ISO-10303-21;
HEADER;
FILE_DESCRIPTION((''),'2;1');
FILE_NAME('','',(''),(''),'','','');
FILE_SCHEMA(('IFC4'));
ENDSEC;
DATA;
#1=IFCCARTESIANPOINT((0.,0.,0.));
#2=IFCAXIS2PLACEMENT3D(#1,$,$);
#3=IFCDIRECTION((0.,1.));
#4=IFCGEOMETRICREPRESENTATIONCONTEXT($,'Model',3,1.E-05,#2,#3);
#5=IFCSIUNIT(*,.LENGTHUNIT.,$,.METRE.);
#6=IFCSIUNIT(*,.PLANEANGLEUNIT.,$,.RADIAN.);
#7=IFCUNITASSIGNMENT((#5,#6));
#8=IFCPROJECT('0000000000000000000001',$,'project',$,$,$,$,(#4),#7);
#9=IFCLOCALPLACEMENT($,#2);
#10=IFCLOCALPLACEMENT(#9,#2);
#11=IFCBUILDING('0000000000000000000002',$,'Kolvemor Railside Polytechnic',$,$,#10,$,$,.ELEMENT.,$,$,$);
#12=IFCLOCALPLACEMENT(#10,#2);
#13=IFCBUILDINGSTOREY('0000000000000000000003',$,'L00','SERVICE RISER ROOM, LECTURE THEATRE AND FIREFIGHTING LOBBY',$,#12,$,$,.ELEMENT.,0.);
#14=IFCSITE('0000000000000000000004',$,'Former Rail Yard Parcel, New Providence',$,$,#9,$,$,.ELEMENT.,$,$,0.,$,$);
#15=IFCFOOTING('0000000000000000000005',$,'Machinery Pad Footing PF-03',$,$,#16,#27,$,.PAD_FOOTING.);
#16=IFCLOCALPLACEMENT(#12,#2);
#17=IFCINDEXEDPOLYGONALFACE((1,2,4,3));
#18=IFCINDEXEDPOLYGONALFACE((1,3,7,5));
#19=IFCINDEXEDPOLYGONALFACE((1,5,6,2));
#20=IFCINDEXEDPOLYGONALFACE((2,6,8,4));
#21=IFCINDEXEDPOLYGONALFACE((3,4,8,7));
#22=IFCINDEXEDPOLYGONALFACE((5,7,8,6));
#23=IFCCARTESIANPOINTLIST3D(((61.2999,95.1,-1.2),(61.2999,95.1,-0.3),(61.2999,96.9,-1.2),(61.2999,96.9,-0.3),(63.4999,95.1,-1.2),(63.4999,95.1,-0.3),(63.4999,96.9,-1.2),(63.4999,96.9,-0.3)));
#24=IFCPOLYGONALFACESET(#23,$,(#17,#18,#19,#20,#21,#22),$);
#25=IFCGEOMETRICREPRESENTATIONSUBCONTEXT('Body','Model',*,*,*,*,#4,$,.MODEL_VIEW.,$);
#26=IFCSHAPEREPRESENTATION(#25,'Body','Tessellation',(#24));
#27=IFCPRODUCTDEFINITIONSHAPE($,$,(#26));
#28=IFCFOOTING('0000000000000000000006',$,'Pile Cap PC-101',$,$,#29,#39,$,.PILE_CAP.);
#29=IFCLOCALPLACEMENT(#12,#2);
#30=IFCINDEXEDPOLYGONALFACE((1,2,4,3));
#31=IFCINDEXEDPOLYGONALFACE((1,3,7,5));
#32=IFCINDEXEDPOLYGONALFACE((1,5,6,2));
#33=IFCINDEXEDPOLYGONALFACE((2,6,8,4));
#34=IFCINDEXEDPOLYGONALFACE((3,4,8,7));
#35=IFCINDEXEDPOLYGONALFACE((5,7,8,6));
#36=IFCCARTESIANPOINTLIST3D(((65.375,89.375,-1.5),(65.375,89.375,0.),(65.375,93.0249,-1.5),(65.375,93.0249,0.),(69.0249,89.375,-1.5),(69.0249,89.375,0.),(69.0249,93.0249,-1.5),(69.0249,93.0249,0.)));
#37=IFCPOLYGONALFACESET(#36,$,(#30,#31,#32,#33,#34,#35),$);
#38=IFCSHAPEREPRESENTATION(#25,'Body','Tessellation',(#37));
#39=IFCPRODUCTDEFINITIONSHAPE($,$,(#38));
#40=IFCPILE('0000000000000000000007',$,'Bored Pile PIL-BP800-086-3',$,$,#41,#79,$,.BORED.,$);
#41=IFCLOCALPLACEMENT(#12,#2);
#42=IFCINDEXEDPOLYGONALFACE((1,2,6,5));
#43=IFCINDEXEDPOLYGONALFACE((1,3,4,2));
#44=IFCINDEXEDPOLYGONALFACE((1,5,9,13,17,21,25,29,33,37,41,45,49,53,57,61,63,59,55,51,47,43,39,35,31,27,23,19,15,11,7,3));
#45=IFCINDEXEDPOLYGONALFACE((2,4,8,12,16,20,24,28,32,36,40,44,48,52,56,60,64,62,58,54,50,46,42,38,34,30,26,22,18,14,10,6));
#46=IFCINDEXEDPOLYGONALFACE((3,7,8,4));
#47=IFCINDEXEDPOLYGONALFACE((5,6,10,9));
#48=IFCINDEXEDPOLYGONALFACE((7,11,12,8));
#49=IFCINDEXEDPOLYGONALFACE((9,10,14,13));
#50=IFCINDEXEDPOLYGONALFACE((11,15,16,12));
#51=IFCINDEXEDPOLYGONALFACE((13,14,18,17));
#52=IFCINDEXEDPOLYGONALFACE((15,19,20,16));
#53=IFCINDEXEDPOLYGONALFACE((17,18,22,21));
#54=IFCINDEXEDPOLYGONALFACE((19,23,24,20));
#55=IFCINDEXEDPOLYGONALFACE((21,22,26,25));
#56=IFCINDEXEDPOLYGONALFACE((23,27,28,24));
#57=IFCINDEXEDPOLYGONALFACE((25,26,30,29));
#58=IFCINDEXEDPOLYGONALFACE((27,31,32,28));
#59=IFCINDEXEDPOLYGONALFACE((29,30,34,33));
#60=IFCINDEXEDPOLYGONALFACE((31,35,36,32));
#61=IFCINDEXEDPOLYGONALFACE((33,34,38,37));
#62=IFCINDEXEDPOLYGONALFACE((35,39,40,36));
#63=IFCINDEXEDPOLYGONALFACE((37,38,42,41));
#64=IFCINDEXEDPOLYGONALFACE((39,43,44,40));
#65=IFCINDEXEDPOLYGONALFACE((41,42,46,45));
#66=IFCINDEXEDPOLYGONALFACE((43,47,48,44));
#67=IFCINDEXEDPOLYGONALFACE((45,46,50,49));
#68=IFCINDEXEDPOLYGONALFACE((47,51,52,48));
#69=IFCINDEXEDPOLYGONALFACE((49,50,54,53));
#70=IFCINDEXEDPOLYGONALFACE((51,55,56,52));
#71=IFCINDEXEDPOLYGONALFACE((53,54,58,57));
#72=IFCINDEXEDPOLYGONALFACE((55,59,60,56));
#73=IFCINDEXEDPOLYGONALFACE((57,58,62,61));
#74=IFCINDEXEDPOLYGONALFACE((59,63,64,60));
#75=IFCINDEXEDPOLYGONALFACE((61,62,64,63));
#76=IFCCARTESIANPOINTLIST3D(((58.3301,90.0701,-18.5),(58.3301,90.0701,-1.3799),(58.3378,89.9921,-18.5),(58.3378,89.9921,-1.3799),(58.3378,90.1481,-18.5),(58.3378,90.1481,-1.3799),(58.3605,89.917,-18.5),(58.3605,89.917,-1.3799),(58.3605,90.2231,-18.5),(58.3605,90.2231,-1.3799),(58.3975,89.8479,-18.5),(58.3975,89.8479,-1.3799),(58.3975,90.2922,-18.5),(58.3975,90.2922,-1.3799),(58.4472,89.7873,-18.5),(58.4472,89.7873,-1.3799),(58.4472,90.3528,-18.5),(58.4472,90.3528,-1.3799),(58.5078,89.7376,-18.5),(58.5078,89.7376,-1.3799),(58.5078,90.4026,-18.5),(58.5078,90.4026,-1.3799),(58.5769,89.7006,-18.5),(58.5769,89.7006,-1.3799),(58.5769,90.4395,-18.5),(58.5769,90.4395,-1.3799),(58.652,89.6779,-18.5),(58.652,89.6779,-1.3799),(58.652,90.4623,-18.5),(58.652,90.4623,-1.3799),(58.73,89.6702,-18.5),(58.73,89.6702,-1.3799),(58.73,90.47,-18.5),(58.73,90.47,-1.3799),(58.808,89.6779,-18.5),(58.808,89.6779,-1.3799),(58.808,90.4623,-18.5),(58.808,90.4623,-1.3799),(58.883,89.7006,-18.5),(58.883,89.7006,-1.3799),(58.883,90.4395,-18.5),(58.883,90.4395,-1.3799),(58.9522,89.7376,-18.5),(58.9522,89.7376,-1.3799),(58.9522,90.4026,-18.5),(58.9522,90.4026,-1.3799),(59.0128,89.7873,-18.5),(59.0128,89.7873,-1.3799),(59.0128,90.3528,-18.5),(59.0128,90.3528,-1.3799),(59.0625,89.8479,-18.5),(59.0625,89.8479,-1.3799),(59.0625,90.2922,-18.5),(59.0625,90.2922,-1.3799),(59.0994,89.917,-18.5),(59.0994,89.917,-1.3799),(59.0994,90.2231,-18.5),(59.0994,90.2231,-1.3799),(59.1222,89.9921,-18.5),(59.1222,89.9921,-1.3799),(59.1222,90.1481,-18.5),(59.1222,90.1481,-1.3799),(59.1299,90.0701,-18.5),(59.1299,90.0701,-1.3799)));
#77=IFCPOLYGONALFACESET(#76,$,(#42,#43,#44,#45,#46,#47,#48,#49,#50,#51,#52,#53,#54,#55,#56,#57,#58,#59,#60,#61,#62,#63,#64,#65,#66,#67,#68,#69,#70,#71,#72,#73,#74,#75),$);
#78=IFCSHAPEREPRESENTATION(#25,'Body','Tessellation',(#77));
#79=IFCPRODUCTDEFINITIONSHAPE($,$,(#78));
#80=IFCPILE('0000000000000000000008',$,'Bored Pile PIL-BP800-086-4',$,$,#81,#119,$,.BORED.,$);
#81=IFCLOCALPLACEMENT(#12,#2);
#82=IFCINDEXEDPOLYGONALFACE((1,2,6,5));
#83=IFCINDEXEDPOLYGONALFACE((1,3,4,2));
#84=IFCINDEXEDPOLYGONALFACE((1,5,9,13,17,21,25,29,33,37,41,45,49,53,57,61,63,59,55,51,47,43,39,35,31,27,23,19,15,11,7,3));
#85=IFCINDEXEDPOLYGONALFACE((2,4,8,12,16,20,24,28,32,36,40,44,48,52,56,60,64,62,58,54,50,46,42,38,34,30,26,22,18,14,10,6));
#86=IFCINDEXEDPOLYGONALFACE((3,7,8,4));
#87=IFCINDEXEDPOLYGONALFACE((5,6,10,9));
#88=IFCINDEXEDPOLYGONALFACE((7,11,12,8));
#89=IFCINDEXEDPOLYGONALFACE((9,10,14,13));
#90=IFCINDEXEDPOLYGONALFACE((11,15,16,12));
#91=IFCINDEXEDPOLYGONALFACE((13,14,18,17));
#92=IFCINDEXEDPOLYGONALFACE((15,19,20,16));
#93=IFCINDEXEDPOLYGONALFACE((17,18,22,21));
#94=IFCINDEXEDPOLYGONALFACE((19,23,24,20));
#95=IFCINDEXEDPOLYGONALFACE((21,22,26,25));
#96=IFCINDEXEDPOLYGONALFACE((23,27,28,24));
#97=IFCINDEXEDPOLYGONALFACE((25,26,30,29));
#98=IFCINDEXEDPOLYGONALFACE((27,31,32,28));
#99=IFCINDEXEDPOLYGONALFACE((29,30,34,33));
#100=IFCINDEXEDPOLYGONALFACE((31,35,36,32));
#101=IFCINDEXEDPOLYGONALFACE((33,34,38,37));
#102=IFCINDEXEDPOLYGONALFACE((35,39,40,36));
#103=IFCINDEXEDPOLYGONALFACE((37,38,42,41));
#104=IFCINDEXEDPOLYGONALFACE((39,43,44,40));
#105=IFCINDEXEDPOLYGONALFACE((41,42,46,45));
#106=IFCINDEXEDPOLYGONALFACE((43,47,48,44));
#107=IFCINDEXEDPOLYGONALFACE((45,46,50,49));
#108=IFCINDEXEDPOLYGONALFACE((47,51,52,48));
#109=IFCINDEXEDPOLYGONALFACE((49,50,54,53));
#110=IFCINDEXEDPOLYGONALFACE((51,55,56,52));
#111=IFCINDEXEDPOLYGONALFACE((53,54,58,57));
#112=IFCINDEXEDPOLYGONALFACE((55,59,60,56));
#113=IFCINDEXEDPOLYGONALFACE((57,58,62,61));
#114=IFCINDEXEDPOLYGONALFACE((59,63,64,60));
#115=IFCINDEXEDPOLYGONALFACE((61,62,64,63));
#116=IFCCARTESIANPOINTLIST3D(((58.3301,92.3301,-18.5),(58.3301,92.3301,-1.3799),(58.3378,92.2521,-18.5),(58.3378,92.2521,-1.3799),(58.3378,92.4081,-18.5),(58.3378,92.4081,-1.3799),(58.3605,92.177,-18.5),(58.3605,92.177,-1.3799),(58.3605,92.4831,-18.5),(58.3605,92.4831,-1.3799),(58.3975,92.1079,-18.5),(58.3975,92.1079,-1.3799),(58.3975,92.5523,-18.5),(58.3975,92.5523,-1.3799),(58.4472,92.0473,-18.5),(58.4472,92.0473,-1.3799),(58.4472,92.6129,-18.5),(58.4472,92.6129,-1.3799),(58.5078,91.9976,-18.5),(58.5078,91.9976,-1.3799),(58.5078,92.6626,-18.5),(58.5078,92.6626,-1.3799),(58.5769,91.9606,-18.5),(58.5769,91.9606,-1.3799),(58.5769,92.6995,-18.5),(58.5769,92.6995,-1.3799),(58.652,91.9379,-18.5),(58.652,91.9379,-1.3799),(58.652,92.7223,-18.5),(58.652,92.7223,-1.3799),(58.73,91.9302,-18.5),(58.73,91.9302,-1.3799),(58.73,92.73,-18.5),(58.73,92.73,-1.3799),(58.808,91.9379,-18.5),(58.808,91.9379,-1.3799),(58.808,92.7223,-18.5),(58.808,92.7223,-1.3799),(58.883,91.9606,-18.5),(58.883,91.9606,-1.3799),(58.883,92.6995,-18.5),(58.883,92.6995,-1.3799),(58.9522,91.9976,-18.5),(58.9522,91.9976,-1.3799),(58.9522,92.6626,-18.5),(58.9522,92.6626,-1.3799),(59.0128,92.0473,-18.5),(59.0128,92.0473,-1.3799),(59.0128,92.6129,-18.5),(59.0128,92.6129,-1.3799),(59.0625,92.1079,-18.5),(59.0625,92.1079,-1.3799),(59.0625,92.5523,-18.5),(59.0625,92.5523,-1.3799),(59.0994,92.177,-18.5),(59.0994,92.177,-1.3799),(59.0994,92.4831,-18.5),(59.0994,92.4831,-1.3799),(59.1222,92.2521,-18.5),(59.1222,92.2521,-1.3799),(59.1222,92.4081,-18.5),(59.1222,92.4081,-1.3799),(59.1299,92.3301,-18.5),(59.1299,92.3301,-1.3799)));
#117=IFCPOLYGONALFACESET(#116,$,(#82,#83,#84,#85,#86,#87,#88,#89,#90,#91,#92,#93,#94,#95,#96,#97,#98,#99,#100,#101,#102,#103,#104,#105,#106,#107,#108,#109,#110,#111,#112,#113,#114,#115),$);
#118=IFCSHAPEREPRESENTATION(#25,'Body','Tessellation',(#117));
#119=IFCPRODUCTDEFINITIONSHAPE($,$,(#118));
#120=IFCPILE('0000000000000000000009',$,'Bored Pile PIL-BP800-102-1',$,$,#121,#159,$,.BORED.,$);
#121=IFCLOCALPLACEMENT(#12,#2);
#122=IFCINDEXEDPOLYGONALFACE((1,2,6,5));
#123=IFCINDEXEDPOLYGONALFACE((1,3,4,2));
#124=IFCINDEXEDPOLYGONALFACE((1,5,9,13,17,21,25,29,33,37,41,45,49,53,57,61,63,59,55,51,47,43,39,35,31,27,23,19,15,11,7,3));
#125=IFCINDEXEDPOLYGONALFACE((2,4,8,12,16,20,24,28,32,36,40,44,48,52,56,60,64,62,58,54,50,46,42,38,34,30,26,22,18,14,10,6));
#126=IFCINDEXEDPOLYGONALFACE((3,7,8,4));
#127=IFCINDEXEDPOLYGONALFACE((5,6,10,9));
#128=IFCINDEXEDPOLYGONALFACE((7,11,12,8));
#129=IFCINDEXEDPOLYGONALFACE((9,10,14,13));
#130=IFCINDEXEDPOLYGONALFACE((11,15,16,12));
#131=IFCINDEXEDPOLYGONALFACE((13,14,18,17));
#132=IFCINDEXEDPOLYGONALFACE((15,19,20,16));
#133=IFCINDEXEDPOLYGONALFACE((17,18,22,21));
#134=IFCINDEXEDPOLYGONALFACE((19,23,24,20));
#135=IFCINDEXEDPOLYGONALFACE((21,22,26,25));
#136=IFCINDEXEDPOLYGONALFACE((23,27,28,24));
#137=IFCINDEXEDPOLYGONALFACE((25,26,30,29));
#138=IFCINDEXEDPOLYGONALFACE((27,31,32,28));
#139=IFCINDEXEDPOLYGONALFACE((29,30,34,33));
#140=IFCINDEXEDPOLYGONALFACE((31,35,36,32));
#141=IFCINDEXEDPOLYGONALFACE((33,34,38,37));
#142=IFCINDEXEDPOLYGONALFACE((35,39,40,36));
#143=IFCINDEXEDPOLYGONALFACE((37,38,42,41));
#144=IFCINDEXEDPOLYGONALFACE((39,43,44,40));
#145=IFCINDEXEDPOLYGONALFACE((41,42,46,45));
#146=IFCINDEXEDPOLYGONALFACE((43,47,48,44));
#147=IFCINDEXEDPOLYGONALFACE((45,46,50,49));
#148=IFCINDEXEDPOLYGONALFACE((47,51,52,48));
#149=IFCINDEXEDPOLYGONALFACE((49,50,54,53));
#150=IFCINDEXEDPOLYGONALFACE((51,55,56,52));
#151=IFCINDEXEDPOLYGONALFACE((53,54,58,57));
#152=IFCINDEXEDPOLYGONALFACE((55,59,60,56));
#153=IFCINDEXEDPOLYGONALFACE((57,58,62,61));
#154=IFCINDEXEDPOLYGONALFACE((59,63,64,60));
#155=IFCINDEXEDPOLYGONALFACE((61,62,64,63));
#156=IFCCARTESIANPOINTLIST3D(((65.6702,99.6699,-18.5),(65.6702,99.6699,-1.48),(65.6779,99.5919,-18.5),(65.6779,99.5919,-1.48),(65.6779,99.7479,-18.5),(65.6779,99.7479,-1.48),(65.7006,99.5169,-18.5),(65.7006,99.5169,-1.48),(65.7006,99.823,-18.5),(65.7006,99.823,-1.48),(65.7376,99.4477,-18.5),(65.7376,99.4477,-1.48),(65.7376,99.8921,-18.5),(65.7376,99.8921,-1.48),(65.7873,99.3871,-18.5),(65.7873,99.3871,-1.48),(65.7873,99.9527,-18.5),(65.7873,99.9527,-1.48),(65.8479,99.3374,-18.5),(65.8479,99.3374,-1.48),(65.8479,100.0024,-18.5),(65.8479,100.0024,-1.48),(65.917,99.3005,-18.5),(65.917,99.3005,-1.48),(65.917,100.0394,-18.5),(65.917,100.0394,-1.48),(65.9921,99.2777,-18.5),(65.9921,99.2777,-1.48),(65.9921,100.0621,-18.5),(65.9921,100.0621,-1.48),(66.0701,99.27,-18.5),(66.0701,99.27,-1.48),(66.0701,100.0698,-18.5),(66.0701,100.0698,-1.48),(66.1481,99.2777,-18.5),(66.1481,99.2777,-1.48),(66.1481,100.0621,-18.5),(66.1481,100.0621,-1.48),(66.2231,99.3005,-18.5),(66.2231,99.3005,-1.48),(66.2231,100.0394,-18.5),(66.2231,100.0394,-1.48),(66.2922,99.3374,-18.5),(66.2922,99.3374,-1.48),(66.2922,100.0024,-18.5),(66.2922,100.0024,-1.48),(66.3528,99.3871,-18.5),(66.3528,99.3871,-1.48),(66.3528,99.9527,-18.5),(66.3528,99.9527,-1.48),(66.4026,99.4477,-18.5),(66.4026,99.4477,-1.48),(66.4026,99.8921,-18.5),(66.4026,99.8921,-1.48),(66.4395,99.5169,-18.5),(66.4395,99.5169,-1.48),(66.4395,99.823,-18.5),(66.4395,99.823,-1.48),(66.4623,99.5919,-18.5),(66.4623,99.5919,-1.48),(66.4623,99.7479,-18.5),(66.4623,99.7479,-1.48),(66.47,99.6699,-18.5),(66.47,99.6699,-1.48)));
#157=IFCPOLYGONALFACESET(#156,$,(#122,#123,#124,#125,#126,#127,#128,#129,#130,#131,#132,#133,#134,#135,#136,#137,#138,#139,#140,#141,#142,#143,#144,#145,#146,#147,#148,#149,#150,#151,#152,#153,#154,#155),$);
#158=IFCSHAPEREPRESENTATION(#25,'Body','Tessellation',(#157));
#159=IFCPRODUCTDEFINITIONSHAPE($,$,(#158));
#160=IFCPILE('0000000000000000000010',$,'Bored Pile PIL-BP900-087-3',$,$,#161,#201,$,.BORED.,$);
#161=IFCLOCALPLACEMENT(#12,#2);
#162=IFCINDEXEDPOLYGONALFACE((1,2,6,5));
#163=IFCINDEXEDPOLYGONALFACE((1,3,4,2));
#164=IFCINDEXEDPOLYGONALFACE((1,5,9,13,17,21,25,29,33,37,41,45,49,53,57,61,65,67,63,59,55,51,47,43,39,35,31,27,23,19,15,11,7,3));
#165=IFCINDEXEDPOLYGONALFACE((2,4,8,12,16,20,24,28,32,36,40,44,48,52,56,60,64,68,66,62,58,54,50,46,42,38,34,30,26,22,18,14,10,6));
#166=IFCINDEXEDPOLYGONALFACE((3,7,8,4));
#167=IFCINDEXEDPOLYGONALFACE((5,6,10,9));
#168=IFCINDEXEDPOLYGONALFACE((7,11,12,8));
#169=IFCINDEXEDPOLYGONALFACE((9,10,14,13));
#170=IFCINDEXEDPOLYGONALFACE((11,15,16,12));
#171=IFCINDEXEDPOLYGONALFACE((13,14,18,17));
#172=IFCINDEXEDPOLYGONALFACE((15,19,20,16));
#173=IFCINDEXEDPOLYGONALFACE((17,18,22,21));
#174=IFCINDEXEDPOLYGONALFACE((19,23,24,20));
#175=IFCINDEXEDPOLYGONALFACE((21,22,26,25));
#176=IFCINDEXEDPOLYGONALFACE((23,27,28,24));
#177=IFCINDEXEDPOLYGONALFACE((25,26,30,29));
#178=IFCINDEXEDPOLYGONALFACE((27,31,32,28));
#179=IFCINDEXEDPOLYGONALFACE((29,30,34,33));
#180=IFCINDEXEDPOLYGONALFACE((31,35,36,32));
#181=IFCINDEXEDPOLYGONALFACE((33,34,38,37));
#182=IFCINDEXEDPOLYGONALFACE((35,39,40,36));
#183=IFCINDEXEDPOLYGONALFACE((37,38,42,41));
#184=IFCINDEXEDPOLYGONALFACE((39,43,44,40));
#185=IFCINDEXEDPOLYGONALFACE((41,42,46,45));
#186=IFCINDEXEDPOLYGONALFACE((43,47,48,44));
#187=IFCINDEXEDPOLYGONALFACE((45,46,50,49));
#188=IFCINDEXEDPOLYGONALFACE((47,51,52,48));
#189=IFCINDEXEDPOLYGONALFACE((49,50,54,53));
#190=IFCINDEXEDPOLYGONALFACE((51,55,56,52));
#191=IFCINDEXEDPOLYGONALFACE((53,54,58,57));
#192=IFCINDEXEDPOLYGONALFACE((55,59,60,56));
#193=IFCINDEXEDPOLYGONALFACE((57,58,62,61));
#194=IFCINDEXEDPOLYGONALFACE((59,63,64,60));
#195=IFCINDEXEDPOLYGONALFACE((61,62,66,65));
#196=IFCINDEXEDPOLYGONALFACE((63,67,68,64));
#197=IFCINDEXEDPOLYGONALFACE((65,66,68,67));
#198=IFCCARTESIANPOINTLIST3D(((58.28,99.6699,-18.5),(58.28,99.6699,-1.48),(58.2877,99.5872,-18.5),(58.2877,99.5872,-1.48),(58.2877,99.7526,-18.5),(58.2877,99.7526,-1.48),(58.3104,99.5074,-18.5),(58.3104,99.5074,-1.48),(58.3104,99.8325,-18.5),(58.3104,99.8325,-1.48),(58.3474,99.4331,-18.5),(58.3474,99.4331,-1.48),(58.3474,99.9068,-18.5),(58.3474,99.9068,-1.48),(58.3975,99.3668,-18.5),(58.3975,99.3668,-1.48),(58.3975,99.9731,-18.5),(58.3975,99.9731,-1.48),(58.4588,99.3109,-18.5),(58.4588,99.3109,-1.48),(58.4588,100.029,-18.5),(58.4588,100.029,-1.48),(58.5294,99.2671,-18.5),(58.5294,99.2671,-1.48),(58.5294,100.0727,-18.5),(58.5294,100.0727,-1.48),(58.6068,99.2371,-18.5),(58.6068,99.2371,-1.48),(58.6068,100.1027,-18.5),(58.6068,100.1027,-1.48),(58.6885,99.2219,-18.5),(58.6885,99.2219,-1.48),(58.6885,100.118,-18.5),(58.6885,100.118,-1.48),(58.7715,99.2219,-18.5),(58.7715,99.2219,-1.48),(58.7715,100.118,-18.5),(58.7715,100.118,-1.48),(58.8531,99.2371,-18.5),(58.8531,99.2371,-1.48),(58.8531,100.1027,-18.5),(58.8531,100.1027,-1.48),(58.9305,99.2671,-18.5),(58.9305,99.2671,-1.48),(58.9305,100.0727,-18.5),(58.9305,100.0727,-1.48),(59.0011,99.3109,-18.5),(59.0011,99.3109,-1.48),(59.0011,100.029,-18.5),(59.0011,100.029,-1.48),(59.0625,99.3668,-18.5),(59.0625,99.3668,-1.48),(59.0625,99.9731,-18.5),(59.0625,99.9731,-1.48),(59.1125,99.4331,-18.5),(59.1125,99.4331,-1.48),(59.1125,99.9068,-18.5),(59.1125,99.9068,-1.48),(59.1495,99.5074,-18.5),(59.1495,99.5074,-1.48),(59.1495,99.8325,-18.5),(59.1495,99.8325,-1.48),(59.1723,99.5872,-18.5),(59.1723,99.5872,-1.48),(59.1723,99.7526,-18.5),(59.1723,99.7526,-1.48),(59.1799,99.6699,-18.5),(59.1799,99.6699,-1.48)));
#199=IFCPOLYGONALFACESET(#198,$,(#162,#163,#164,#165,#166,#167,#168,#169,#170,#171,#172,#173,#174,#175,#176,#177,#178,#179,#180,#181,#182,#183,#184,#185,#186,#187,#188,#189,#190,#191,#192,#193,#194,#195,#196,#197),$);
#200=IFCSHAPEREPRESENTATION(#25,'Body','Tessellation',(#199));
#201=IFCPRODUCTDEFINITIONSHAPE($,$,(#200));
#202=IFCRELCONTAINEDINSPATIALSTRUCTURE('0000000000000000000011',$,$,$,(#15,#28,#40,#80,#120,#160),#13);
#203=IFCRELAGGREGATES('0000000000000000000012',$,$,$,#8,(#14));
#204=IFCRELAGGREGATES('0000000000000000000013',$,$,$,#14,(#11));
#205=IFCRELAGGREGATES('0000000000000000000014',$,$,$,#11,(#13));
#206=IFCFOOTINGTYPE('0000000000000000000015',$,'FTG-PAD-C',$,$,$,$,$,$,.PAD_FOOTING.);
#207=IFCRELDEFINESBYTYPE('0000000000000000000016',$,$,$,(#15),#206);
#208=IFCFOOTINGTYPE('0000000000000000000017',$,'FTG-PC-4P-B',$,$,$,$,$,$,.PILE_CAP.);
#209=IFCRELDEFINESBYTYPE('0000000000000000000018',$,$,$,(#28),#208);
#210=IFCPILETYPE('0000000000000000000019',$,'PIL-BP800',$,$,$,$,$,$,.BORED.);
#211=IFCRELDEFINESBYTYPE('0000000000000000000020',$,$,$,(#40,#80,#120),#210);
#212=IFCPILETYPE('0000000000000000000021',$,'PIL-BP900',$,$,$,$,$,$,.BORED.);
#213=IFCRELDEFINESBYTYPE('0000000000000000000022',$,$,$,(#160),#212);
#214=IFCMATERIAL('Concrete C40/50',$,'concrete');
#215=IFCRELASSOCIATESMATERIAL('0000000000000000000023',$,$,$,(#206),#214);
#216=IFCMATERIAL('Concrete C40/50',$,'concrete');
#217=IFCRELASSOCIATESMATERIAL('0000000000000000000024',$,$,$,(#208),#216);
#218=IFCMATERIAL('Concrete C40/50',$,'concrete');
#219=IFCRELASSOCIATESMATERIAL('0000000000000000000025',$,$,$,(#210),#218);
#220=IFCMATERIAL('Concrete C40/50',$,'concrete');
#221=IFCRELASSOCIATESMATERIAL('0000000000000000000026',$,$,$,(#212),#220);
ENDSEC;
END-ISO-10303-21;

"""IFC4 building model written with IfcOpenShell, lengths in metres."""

from ifc_helpers import new_model, si_unit, direction, frame, origin, origin_2d, place, context, subcontext, project, spatial, rectangle, circle, extrude, material, material_profile, profile_set, type_object, element, save


model = new_model("IFC4")

# Units and contexts
model_context = context("Model", 3, precision=1e-05, world=origin(), true_north=direction((0.0, 1.0)))
body_context = subcontext(model_context, "Body", "Model", "MODEL_VIEW")
ifc_project = project(units=[si_unit("LENGTHUNIT", "METRE"), si_unit("PLANEANGLEUNIT", "RADIAN")], contexts=[model_context])

# Site, building, storey
site_placement = place(None, origin())
site = spatial("IfcSite", under=ifc_project, at=site_placement, Name="Former Rail Yard Parcel, New Providence", CompositionType="ELEMENT", RefElevation=0.0)
building_placement = place(site_placement, origin())
building = spatial("IfcBuilding", under=site, at=building_placement, Name="Kolvemor Railside Polytechnic", CompositionType="ELEMENT")
storey_placement = place(building_placement, origin())
storey = spatial("IfcBuildingStorey", under=building, at=storey_placement, Name="L00", Description="SERVICE RISER ROOM, LECTURE THEATRE AND FIREFIGHTING LOBBY", CompositionType="ELEMENT", Elevation=0.0)

# Footings
ifc_material_1 = material(Name="Concrete C40/50", Category="concrete")
footing_type_1 = type_object("IfcFootingType", Name="FTG-PAD-C", PredefinedType="PAD_FOOTING", material=ifc_material_1)
footing_1_placement = place(storey_placement, frame((62.3999, 96.0, -1.2), z_axis=(0.0, 0.0, 1.0), x_axis=(1.0, 0.0, 0.0)))
element("IfcFooting", 1, at=footing_1_placement, inside=storey, type_object=footing_type_1, Name="Machinery Pad Footing PF-03", PredefinedType="PAD_FOOTING", context=body_context, shape_type="SweptSolid", body=[
    extrude(rectangle(XDim=2.2, YDim=1.8, at=origin_2d()), origin(), (0.0, 0.0, 1.0), 0.8999),
])
ifc_material_2 = material(Name="Concrete C40/50", Category="concrete")
footing_type_2 = type_object("IfcFootingType", Name="FTG-PC-4P-B", PredefinedType="PILE_CAP", material=ifc_material_2)
footing_2_placement = place(storey_placement, frame((67.2, 91.2, -1.5), z_axis=(0.0, 0.0, 1.0), x_axis=(1.0, 0.0, 0.0)))
element("IfcFooting", 2, at=footing_2_placement, inside=storey, type_object=footing_type_2, Name="Pile Cap PC-101", PredefinedType="PILE_CAP", context=body_context, shape_type="SweptSolid", body=[
    extrude(rectangle(XDim=3.6499, YDim=3.6499, at=origin_2d()), origin(), (0.0, 0.0, 1.0), 1.5),
])

# Piles
ifc_material_3 = material(Name="Concrete C40/50", Category="concrete")
ifc_material_profile_1 = material_profile(ifc_material_3, circle(Radius=0.3999, at=origin_2d()), Name="BP800")
ifc_profile_set_1 = profile_set([ifc_material_profile_1], Name="Concrete C40/50")
pile_type_1 = type_object("IfcPileType", Name="PIL-BP800", PredefinedType="BORED", material=ifc_profile_set_1)
for number, where, z_axis, x_axis, name in (
    (3, (58.73, 90.0701, -1.3799), (0.0, 0.0, -1.0), (1.0, 0.0, 0.0), "Bored Pile PIL-BP800-086-3"),
    (4, (58.73, 92.3301, -1.3799), (0.0, 0.0, -1.0), (1.0, 0.0, 0.0), "Bored Pile PIL-BP800-086-4"),
):
    element("IfcPile", number, at=place(storey_placement, frame(where, z_axis=z_axis, x_axis=x_axis)), inside=storey, type_object=pile_type_1, Name=name, PredefinedType="BORED", context=body_context, shape_type="SweptSolid", body=[
        extrude(circle(Radius=0.3999, at=origin_2d()), origin(), (0.0, 0.0, 1.0), 17.1201),
    ])
pile_1_placement = place(storey_placement, frame((66.0701, 99.6699, -1.48), z_axis=(0.0, 0.0, -1.0), x_axis=(1.0, 0.0, 0.0)))
element("IfcPile", 5, at=pile_1_placement, inside=storey, type_object=pile_type_1, Name="Bored Pile PIL-BP800-102-1", PredefinedType="BORED", context=body_context, shape_type="SweptSolid", body=[
    extrude(circle(Radius=0.3999, at=origin_2d()), origin(), (0.0, 0.0, 1.0), 17.02),
])
ifc_material_4 = material(Name="Concrete C40/50", Category="concrete")
ifc_material_profile_2 = material_profile(ifc_material_4, circle(Radius=0.45, at=origin_2d()), Name="BP900")
ifc_profile_set_2 = profile_set([ifc_material_profile_2], Name="Concrete C40/50")
pile_type_2 = type_object("IfcPileType", Name="PIL-BP900", PredefinedType="BORED", material=ifc_profile_set_2)
pile_2_placement = place(storey_placement, frame((58.73, 99.6699, -1.48), z_axis=(0.0, 0.0, -1.0), x_axis=(1.0, 0.0, 0.0)))
element("IfcPile", 6, at=pile_2_placement, inside=storey, type_object=pile_type_2, Name="Bored Pile PIL-BP900-087-3", PredefinedType="BORED", context=body_context, shape_type="SweptSolid", body=[
    extrude(circle(Radius=0.45, at=origin_2d()), origin(), (0.0, 0.0, 1.0), 17.02),
])

save(model, "model.ifc")
